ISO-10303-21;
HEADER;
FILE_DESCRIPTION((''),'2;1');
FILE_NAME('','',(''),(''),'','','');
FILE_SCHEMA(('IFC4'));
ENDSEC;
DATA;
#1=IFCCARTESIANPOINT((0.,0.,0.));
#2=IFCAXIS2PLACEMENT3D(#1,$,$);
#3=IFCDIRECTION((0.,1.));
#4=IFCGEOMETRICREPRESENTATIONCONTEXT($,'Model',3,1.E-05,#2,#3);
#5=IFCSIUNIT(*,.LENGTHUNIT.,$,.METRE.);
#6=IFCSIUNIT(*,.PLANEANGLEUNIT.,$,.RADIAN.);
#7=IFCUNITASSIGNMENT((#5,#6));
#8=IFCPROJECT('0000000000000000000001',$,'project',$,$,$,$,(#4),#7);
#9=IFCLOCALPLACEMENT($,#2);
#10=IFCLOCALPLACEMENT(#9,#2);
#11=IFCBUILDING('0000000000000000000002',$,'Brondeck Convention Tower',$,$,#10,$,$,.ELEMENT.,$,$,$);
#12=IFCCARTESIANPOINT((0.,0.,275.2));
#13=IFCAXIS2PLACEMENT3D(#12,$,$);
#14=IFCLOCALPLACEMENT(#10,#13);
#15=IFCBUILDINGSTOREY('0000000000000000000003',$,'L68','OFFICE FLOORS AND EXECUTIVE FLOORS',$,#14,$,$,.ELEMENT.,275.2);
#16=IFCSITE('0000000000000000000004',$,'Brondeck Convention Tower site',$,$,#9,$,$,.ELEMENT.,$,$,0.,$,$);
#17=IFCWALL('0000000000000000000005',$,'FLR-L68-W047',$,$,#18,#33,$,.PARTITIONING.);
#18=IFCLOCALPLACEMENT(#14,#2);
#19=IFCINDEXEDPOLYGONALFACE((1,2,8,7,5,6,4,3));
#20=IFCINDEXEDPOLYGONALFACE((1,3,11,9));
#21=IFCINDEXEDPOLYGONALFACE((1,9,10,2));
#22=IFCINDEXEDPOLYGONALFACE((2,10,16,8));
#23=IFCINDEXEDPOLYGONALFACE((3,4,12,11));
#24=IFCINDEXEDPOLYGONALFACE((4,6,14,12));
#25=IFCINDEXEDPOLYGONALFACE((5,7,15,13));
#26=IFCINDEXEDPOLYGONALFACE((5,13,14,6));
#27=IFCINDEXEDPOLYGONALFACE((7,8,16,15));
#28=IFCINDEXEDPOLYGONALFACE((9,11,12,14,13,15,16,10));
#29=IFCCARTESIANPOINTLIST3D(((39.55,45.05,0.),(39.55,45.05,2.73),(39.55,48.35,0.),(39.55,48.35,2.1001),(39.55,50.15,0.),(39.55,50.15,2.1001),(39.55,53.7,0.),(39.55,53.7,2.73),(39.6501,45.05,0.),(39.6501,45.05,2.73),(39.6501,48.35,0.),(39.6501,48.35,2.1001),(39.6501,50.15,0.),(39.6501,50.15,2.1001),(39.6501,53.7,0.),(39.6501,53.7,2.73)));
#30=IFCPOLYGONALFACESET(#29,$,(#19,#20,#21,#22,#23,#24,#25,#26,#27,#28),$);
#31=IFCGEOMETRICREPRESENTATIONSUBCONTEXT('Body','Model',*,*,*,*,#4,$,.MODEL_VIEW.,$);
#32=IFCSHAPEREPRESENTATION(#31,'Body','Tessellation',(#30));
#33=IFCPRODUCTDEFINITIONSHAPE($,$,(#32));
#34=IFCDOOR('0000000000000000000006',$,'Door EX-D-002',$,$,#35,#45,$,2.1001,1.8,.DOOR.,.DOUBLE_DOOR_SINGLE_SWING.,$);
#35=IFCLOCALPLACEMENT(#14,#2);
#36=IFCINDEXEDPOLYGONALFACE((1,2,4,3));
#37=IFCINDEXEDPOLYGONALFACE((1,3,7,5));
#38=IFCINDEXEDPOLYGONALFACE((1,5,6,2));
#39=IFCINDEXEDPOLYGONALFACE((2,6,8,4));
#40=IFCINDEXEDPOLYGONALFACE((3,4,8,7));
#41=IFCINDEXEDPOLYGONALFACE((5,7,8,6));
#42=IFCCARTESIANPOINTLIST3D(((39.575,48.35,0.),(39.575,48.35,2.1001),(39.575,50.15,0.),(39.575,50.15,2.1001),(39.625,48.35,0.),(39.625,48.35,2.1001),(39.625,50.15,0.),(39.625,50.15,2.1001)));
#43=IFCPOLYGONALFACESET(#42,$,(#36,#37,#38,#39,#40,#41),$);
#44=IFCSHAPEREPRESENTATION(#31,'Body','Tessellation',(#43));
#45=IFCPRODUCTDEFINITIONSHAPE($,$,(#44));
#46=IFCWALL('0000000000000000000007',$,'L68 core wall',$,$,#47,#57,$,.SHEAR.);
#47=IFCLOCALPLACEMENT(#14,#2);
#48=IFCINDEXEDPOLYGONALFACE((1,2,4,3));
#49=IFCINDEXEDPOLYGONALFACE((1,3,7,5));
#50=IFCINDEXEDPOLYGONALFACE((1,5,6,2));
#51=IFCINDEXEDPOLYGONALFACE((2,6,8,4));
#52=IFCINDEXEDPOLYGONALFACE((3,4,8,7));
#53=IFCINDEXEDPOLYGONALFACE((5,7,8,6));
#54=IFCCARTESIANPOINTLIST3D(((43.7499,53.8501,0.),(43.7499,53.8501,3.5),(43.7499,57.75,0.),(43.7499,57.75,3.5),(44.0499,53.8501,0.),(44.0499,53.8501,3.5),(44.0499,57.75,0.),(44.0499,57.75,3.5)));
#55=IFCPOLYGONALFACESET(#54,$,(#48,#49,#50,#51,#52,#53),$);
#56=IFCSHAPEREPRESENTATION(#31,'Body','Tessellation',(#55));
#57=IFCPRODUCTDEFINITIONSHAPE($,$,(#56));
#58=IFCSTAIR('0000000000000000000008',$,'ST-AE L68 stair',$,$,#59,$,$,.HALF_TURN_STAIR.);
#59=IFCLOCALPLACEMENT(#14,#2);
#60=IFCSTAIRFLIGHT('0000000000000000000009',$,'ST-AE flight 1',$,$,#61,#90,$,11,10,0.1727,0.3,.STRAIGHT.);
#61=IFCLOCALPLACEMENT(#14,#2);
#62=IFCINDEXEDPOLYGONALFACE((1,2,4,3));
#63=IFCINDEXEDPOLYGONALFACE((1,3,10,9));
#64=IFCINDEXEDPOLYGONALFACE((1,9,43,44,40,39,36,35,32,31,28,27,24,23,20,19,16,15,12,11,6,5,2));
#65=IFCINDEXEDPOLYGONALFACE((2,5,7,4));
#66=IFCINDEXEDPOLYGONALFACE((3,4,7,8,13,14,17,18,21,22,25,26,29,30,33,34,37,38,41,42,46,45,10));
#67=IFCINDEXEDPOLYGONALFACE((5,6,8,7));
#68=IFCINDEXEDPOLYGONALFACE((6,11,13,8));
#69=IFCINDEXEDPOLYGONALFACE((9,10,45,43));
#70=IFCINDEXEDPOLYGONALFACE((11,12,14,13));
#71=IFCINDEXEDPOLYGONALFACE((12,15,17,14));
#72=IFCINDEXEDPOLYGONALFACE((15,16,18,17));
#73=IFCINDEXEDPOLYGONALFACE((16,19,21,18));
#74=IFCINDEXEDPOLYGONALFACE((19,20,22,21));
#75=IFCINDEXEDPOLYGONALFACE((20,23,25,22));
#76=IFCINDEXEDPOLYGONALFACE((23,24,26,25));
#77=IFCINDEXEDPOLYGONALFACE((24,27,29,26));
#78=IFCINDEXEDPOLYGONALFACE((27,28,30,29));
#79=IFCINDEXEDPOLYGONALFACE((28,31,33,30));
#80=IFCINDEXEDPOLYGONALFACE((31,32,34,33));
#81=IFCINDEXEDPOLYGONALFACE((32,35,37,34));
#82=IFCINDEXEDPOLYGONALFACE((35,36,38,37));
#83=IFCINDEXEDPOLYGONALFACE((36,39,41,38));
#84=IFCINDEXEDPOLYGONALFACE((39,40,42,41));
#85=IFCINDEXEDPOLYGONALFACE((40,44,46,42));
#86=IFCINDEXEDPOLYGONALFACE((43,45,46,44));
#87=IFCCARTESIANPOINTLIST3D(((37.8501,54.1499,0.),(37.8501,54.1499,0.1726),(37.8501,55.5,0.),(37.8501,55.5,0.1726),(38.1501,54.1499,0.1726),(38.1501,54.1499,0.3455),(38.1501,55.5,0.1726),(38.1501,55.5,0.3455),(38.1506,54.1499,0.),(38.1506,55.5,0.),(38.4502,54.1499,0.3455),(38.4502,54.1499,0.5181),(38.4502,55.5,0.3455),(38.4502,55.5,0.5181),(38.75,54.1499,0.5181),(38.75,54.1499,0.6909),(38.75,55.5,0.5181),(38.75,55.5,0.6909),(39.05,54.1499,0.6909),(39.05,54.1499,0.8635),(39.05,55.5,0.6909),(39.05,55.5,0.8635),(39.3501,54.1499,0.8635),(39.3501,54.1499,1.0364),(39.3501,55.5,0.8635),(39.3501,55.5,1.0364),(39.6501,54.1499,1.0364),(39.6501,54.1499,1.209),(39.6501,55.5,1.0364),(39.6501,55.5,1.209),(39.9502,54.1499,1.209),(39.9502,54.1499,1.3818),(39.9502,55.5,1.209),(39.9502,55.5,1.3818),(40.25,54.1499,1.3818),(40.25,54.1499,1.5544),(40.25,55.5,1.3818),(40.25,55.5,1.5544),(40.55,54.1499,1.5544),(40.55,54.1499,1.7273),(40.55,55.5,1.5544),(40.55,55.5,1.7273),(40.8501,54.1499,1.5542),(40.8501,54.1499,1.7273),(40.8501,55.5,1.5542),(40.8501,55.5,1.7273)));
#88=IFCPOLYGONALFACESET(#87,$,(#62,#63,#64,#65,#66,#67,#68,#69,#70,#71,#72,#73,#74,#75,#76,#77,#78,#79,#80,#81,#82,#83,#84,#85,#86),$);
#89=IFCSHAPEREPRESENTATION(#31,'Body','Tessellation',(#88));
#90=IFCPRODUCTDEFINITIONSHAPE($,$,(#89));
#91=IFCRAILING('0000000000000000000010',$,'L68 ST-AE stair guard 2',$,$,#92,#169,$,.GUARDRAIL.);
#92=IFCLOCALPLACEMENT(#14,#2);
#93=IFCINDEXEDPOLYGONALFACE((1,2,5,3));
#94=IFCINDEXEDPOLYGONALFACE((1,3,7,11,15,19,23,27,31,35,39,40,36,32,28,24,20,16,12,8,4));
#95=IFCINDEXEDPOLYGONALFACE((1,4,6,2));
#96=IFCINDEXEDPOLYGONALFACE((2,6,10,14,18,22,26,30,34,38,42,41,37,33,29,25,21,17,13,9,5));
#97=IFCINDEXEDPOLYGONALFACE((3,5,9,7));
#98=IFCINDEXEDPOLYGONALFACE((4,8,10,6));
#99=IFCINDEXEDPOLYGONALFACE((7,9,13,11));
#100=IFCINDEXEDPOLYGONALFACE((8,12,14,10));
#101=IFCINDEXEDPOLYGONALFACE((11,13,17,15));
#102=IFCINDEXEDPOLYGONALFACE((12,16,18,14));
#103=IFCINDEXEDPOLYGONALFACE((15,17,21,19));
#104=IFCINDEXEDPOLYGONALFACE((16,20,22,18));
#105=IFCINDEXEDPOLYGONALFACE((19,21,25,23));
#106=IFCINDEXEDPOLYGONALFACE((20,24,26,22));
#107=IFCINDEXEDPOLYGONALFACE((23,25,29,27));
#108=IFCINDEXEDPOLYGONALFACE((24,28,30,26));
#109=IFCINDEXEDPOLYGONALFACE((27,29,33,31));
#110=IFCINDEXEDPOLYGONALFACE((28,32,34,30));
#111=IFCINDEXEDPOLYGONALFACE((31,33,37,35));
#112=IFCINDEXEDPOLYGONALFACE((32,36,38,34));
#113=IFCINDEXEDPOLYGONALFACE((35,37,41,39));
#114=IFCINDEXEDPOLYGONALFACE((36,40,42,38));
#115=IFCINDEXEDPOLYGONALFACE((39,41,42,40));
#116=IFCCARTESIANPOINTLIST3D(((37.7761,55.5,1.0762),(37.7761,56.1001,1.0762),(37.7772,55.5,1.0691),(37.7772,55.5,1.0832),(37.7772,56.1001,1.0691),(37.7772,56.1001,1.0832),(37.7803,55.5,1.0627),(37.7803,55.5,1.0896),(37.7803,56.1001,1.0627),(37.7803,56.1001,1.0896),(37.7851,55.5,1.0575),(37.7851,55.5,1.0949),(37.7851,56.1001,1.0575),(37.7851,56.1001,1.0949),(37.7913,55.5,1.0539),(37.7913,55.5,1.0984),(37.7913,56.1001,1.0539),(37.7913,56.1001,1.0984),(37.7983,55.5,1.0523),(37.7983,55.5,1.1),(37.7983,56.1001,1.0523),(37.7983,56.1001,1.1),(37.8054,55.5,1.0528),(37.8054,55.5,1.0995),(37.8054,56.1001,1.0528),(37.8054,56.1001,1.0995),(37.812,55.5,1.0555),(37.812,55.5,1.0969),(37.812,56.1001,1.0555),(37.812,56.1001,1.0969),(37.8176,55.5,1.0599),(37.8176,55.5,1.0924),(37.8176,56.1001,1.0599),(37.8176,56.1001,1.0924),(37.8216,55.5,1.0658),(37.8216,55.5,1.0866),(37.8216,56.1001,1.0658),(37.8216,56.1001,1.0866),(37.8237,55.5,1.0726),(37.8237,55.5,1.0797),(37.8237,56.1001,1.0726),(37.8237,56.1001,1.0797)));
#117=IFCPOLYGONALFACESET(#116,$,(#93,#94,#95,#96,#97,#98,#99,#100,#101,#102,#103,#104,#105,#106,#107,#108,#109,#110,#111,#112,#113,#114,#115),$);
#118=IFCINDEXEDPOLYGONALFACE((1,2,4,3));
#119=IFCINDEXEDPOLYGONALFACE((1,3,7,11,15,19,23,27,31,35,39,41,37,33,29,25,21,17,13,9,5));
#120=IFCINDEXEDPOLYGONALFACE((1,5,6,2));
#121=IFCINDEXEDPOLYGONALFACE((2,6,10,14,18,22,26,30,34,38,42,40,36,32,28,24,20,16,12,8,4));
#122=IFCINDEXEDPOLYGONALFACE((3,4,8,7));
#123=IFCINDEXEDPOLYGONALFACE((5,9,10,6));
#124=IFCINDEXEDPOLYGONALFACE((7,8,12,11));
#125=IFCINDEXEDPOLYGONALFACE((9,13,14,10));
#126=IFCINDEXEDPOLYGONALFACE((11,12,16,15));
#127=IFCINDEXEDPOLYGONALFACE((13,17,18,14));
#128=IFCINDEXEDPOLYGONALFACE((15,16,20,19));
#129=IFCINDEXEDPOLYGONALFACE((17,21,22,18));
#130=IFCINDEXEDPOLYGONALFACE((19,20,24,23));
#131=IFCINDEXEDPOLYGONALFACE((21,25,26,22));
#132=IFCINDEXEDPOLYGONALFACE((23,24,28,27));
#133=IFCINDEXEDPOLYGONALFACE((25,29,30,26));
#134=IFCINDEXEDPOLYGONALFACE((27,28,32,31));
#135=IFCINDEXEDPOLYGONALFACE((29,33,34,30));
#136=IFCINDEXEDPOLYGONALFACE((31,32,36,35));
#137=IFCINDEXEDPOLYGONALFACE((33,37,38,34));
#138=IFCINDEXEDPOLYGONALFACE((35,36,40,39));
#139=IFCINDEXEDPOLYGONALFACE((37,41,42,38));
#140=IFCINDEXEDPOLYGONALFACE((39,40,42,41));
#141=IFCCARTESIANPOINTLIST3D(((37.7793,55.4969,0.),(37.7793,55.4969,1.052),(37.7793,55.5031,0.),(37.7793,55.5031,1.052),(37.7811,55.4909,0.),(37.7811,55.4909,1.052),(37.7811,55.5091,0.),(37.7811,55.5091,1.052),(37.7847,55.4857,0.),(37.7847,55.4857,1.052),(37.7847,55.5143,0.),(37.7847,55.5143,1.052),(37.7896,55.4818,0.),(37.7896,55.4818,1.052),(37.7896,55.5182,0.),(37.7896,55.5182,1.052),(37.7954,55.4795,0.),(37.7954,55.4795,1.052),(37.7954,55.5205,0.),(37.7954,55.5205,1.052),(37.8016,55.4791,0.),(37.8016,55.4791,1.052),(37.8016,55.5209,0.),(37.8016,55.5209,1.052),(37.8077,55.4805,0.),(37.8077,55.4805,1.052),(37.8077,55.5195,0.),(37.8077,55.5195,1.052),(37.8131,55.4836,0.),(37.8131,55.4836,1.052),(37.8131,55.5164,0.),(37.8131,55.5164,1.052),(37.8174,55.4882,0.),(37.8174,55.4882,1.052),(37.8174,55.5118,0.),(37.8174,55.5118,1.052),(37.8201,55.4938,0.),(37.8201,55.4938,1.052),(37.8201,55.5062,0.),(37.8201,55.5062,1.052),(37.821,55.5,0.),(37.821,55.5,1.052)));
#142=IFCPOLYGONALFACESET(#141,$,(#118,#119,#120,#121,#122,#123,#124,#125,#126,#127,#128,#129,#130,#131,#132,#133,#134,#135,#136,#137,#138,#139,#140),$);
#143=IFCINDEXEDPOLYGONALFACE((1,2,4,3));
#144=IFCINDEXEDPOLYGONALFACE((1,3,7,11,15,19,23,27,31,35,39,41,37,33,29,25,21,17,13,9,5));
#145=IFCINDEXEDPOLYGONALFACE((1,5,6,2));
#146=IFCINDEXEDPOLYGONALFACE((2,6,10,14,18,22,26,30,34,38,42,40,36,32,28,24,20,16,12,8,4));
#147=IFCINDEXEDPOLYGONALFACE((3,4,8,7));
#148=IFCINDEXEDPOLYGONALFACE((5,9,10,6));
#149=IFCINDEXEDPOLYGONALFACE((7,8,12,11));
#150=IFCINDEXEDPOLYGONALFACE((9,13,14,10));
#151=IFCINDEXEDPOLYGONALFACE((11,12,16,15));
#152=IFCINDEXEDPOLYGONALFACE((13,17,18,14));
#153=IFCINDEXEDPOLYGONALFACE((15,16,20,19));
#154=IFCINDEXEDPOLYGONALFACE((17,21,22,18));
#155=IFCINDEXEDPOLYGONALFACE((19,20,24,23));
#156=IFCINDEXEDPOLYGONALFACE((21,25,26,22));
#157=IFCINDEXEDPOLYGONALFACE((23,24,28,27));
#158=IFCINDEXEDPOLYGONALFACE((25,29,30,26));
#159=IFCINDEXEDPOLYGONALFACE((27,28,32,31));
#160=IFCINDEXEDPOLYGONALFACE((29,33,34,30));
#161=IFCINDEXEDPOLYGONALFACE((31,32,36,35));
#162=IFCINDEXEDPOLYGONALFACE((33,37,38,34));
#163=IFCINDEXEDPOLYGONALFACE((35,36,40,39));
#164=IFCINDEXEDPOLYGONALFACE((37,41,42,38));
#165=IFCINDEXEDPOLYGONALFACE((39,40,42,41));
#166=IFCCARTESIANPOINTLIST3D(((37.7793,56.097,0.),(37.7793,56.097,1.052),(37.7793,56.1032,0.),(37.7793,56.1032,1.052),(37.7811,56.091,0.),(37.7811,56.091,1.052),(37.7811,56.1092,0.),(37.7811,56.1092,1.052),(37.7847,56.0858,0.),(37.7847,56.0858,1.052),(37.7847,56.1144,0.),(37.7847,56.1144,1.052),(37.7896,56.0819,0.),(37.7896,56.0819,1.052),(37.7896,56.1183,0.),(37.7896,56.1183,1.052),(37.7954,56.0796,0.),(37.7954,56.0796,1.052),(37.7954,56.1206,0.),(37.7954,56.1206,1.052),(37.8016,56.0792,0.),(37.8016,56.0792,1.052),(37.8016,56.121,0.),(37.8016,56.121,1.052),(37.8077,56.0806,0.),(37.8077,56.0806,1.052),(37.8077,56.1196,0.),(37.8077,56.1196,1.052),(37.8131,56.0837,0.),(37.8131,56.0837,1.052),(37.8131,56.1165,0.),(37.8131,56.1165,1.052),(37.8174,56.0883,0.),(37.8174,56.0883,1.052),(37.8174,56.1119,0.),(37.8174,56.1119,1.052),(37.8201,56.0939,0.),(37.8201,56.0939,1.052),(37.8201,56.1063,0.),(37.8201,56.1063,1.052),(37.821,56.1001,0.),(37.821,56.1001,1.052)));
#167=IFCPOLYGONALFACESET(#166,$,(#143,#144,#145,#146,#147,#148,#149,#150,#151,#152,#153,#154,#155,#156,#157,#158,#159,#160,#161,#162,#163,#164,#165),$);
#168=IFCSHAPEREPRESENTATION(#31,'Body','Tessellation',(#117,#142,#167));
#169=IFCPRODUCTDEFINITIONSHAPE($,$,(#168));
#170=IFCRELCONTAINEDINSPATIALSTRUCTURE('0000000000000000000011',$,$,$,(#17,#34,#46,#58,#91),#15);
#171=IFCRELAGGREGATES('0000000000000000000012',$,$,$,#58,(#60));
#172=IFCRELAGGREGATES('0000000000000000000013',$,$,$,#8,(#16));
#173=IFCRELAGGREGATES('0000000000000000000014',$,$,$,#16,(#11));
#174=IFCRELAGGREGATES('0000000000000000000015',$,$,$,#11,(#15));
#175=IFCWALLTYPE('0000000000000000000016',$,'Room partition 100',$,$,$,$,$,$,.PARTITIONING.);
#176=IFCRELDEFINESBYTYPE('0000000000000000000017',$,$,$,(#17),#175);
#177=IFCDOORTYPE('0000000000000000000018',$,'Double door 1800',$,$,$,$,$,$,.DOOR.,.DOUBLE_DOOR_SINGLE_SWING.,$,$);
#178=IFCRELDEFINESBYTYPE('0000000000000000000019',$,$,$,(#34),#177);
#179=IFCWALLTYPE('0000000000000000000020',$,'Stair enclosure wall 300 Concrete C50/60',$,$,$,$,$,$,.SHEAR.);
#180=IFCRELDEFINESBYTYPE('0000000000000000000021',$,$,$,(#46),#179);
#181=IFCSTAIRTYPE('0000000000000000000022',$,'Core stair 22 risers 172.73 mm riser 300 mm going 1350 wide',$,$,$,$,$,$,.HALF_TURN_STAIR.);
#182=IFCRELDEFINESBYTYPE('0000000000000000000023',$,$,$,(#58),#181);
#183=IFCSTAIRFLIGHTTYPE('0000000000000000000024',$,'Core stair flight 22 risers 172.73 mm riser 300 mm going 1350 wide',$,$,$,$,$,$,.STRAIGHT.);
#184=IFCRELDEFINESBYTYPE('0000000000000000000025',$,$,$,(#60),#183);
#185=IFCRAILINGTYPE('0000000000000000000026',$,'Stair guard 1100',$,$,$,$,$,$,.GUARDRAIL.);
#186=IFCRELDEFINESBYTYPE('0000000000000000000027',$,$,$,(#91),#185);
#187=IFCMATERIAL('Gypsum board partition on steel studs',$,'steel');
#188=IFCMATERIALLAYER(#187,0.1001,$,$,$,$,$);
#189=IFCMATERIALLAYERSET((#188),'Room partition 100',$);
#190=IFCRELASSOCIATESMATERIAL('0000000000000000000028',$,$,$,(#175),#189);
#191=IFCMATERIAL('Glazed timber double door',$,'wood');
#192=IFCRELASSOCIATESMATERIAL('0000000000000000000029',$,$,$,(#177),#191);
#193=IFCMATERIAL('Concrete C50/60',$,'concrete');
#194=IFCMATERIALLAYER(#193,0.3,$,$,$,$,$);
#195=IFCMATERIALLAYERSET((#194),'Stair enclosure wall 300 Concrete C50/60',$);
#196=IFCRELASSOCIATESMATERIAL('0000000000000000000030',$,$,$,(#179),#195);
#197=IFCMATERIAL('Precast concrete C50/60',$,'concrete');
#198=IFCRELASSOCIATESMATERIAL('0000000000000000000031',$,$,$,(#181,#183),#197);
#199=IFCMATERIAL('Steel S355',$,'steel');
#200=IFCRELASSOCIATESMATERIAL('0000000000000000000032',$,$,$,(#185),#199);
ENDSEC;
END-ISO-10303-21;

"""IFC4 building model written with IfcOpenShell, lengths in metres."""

from ifc_helpers import new_model, si_unit, direction, frame, frame_2d, origin, origin_2d, place, context, subcontext, project, spatial, polyline, rectangle, circle, outline, extrude, material, layer, layer_set, type_object, element, fill, aggregate, save


model = new_model("IFC4")

# Units and contexts
model_context = context("Model", 3, precision=1e-05, world=origin(), true_north=direction((0.0, 1.0)))
body_context = subcontext(model_context, "Body", "Model", "MODEL_VIEW")
ifc_project = project(units=[si_unit("LENGTHUNIT", "METRE"), si_unit("PLANEANGLEUNIT", "RADIAN")], contexts=[model_context])

# Site, building, storey
site_placement = place(None, origin())
site = spatial("IfcSite", under=ifc_project, at=site_placement, Name="Brondeck Convention Tower site", CompositionType="ELEMENT", RefElevation=0.0)
building_placement = place(site_placement, origin())
building = spatial("IfcBuilding", under=site, at=building_placement, Name="Brondeck Convention Tower", CompositionType="ELEMENT")
storey_placement = place(building_placement, frame((0.0, 0.0, 275.2)))
storey = spatial("IfcBuildingStorey", under=building, at=storey_placement, Name="L68", Description="OFFICE FLOORS AND EXECUTIVE FLOORS", CompositionType="ELEMENT", Elevation=275.2)

# Shared definitions
ifc_material_1 = material(Name="Concrete C50/60", Category="concrete")

# Shared definitions
ifc_material_2 = material(Name="Gypsum board partition on steel studs", Category="steel")
ifc_layer_1 = layer(ifc_material_2, 0.1001)
ifc_layer_set_1 = layer_set([ifc_layer_1], Name="Room partition 100")
wall_type_1 = type_object("IfcWallType", Name="Room partition 100", PredefinedType="PARTITIONING", material=ifc_layer_set_1)

# Wall, opening, door
wall_1_placement = place(storey_placement, frame((39.6001, 53.7, 0.0), z_axis=(0.0, 0.0, 1.0), x_axis=(0.0, -1.0, 0.0)))
wall_1 = element("IfcWall", 1, at=wall_1_placement, inside=storey, type_object=wall_type_1, Name="FLR-L68-W047", PredefinedType="PARTITIONING", context=body_context, shape_type="SweptSolid", body=[
    extrude(rectangle(XDim=8.6499, YDim=0.1001, at=frame_2d((4.325, 0.0))), origin(), (0.0, 0.0, 1.0), 2.73),
])
opening_1_placement = place(wall_1_placement, frame((3.55, 0.0, 0.0)))
opening_1 = element("IfcOpeningElement", 2, at=opening_1_placement, cuts=wall_1, PredefinedType="OPENING", context=body_context, shape_type="SweptSolid", body=[
    extrude(rectangle(XDim=1.8, YDim=2.1001, at=frame_2d((0.8999, 1.05))), frame((0.0, 0.0601, 0.0), z_axis=(0.0, -1.0, 0.0), x_axis=(1.0, 0.0, 0.0)), (0.0, 0.0, 1.0), 0.1201),
])
ifc_material_3 = material(Name="Glazed timber double door", Category="wood")
door_type_1 = type_object("IfcDoorType", Name="Double door 1800", OperationType="DOUBLE_DOOR_SINGLE_SWING", PredefinedType="DOOR", material=ifc_material_3)
door_1_placement = place(opening_1_placement, origin())
door_1 = element("IfcDoor", 3, at=door_1_placement, inside=storey, type_object=door_type_1, Name="Door EX-D-002", OperationType="DOUBLE_DOOR_SINGLE_SWING", OverallHeight=2.1001, OverallWidth=1.8, PredefinedType="DOOR", context=body_context, shape_type="SweptSolid", body=[
    extrude(rectangle(XDim=1.8, YDim=2.1001, at=frame_2d((0.8999, 1.05))), frame((0.0, 0.0249, 0.0), z_axis=(0.0, -1.0, 0.0), x_axis=(1.0, 0.0, 0.0)), (0.0, 0.0, 1.0), 0.05),
])
fill(opening_1, door_1)

# Wall
ifc_layer_2 = layer(ifc_material_1, 0.3)
ifc_layer_set_2 = layer_set([ifc_layer_2], Name="Stair enclosure wall 300 Concrete C50/60")
wall_type_2 = type_object("IfcWallType", Name="Stair enclosure wall 300 Concrete C50/60", PredefinedType="SHEAR", material=ifc_layer_set_2)
wall_2_placement = place(storey_placement, frame((43.8999, 53.8501, 0.0), z_axis=(0.0, 0.0, 1.0), x_axis=(0.0, 1.0, 0.0)))
element("IfcWall", 4, at=wall_2_placement, inside=storey, type_object=wall_type_2, Name="L68 core wall", PredefinedType="SHEAR", context=body_context, shape_type="SweptSolid", body=[
    extrude(rectangle(XDim=3.8999, YDim=0.3, at=frame_2d((1.95, 0.0))), origin(), (0.0, 0.0, 1.0), 3.5),
])

# Stair, stair flight
ifc_material_4 = material(Name="Precast concrete C50/60", Category="concrete")
stair_type = type_object("IfcStairType", Name="Core stair 22 risers 172.73 mm riser 300 mm going 1350 wide", PredefinedType="HALF_TURN_STAIR", material=ifc_material_4)
stair_placement = place(storey_placement, origin())
stair = element("IfcStair", 5, at=stair_placement, inside=storey, type_object=stair_type, Name="ST-AE L68 stair", PredefinedType="HALF_TURN_STAIR")
stair_flight_type = type_object("IfcStairFlightType", Name="Core stair flight 22 risers 172.73 mm riser 300 mm going 1350 wide", PredefinedType="STRAIGHT", material=ifc_material_4)
stair_flight_placement = place(storey_placement, frame((37.8501, 54.825, 0.0), z_axis=(0.0, 0.0, 1.0), x_axis=(1.0, 0.0, 0.0)))
stair_flight = element("IfcStairFlight", 6, at=stair_flight_placement, type_object=stair_flight_type, Name="ST-AE flight 1", NumberOfRisers=11, NumberOfTreads=10, PredefinedType="STRAIGHT", RiserHeight=0.1727, TreadLength=0.3, context=body_context, shape_type="SweptSolid", body=[
    extrude(outline(polyline([(0.0, 0.0), (0.0, 0.1726), (0.3, 0.1726), (0.3, 0.3455), (0.6001, 0.3455), (0.6001, 0.5181), (0.8999, 0.5181), (0.8999, 0.6909), (1.2, 0.6909), (1.2, 0.8635), (1.5, 0.8635), (1.5, 1.0364), (1.8, 1.0364), (1.8, 1.209), (2.1001, 1.209), (2.1001, 1.3818), (2.3999, 1.3818), (2.3999, 1.5544), (2.7, 1.5544), (2.7, 1.7273), (3.0, 1.7273), (3.0, 1.8999), (3.0, 1.5542), (0.3005, 0.0), (0.0, 0.0)])), frame((0.0, 0.675, 0.0), z_axis=(0.0, -1.0, 0.0), x_axis=(1.0, 0.0, 0.0)), (0.0, 0.0, 1.0), 1.3501),
])
aggregate(stair, [stair_flight])

# Railing
ifc_material_5 = material(Name="Steel S355", Category="steel")
railing_type_1 = type_object("IfcRailingType", Name="Stair guard 1100", PredefinedType="GUARDRAIL", material=ifc_material_5)
railing_1_placement = place(storey_placement, frame((37.8, 55.5, 0.0)))
element("IfcRailing", 7, at=railing_1_placement, inside=storey, type_object=railing_type_1, Name="L68 ST-AE stair guard 2", PredefinedType="GUARDRAIL", context=body_context, shape_type="SweptSolid", body=[
    extrude(circle(Radius=0.0239, at=origin_2d()), frame((0.0, 0.0, 1.0762), z_axis=(0.0, 1.0, 0.0), x_axis=(-1.0, 0.0, 0.0)), (0.0, 0.0, 1.0), 0.6001),
    extrude(circle(Radius=0.021, at=origin_2d()), origin(), (0.0, 0.0, 1.0), 1.052),
    extrude(circle(Radius=0.021, at=origin_2d()), frame((0.0, 0.6001, 0.0)), (0.0, 0.0, 1.0), 1.052),
])

save(model, "model.ifc")
